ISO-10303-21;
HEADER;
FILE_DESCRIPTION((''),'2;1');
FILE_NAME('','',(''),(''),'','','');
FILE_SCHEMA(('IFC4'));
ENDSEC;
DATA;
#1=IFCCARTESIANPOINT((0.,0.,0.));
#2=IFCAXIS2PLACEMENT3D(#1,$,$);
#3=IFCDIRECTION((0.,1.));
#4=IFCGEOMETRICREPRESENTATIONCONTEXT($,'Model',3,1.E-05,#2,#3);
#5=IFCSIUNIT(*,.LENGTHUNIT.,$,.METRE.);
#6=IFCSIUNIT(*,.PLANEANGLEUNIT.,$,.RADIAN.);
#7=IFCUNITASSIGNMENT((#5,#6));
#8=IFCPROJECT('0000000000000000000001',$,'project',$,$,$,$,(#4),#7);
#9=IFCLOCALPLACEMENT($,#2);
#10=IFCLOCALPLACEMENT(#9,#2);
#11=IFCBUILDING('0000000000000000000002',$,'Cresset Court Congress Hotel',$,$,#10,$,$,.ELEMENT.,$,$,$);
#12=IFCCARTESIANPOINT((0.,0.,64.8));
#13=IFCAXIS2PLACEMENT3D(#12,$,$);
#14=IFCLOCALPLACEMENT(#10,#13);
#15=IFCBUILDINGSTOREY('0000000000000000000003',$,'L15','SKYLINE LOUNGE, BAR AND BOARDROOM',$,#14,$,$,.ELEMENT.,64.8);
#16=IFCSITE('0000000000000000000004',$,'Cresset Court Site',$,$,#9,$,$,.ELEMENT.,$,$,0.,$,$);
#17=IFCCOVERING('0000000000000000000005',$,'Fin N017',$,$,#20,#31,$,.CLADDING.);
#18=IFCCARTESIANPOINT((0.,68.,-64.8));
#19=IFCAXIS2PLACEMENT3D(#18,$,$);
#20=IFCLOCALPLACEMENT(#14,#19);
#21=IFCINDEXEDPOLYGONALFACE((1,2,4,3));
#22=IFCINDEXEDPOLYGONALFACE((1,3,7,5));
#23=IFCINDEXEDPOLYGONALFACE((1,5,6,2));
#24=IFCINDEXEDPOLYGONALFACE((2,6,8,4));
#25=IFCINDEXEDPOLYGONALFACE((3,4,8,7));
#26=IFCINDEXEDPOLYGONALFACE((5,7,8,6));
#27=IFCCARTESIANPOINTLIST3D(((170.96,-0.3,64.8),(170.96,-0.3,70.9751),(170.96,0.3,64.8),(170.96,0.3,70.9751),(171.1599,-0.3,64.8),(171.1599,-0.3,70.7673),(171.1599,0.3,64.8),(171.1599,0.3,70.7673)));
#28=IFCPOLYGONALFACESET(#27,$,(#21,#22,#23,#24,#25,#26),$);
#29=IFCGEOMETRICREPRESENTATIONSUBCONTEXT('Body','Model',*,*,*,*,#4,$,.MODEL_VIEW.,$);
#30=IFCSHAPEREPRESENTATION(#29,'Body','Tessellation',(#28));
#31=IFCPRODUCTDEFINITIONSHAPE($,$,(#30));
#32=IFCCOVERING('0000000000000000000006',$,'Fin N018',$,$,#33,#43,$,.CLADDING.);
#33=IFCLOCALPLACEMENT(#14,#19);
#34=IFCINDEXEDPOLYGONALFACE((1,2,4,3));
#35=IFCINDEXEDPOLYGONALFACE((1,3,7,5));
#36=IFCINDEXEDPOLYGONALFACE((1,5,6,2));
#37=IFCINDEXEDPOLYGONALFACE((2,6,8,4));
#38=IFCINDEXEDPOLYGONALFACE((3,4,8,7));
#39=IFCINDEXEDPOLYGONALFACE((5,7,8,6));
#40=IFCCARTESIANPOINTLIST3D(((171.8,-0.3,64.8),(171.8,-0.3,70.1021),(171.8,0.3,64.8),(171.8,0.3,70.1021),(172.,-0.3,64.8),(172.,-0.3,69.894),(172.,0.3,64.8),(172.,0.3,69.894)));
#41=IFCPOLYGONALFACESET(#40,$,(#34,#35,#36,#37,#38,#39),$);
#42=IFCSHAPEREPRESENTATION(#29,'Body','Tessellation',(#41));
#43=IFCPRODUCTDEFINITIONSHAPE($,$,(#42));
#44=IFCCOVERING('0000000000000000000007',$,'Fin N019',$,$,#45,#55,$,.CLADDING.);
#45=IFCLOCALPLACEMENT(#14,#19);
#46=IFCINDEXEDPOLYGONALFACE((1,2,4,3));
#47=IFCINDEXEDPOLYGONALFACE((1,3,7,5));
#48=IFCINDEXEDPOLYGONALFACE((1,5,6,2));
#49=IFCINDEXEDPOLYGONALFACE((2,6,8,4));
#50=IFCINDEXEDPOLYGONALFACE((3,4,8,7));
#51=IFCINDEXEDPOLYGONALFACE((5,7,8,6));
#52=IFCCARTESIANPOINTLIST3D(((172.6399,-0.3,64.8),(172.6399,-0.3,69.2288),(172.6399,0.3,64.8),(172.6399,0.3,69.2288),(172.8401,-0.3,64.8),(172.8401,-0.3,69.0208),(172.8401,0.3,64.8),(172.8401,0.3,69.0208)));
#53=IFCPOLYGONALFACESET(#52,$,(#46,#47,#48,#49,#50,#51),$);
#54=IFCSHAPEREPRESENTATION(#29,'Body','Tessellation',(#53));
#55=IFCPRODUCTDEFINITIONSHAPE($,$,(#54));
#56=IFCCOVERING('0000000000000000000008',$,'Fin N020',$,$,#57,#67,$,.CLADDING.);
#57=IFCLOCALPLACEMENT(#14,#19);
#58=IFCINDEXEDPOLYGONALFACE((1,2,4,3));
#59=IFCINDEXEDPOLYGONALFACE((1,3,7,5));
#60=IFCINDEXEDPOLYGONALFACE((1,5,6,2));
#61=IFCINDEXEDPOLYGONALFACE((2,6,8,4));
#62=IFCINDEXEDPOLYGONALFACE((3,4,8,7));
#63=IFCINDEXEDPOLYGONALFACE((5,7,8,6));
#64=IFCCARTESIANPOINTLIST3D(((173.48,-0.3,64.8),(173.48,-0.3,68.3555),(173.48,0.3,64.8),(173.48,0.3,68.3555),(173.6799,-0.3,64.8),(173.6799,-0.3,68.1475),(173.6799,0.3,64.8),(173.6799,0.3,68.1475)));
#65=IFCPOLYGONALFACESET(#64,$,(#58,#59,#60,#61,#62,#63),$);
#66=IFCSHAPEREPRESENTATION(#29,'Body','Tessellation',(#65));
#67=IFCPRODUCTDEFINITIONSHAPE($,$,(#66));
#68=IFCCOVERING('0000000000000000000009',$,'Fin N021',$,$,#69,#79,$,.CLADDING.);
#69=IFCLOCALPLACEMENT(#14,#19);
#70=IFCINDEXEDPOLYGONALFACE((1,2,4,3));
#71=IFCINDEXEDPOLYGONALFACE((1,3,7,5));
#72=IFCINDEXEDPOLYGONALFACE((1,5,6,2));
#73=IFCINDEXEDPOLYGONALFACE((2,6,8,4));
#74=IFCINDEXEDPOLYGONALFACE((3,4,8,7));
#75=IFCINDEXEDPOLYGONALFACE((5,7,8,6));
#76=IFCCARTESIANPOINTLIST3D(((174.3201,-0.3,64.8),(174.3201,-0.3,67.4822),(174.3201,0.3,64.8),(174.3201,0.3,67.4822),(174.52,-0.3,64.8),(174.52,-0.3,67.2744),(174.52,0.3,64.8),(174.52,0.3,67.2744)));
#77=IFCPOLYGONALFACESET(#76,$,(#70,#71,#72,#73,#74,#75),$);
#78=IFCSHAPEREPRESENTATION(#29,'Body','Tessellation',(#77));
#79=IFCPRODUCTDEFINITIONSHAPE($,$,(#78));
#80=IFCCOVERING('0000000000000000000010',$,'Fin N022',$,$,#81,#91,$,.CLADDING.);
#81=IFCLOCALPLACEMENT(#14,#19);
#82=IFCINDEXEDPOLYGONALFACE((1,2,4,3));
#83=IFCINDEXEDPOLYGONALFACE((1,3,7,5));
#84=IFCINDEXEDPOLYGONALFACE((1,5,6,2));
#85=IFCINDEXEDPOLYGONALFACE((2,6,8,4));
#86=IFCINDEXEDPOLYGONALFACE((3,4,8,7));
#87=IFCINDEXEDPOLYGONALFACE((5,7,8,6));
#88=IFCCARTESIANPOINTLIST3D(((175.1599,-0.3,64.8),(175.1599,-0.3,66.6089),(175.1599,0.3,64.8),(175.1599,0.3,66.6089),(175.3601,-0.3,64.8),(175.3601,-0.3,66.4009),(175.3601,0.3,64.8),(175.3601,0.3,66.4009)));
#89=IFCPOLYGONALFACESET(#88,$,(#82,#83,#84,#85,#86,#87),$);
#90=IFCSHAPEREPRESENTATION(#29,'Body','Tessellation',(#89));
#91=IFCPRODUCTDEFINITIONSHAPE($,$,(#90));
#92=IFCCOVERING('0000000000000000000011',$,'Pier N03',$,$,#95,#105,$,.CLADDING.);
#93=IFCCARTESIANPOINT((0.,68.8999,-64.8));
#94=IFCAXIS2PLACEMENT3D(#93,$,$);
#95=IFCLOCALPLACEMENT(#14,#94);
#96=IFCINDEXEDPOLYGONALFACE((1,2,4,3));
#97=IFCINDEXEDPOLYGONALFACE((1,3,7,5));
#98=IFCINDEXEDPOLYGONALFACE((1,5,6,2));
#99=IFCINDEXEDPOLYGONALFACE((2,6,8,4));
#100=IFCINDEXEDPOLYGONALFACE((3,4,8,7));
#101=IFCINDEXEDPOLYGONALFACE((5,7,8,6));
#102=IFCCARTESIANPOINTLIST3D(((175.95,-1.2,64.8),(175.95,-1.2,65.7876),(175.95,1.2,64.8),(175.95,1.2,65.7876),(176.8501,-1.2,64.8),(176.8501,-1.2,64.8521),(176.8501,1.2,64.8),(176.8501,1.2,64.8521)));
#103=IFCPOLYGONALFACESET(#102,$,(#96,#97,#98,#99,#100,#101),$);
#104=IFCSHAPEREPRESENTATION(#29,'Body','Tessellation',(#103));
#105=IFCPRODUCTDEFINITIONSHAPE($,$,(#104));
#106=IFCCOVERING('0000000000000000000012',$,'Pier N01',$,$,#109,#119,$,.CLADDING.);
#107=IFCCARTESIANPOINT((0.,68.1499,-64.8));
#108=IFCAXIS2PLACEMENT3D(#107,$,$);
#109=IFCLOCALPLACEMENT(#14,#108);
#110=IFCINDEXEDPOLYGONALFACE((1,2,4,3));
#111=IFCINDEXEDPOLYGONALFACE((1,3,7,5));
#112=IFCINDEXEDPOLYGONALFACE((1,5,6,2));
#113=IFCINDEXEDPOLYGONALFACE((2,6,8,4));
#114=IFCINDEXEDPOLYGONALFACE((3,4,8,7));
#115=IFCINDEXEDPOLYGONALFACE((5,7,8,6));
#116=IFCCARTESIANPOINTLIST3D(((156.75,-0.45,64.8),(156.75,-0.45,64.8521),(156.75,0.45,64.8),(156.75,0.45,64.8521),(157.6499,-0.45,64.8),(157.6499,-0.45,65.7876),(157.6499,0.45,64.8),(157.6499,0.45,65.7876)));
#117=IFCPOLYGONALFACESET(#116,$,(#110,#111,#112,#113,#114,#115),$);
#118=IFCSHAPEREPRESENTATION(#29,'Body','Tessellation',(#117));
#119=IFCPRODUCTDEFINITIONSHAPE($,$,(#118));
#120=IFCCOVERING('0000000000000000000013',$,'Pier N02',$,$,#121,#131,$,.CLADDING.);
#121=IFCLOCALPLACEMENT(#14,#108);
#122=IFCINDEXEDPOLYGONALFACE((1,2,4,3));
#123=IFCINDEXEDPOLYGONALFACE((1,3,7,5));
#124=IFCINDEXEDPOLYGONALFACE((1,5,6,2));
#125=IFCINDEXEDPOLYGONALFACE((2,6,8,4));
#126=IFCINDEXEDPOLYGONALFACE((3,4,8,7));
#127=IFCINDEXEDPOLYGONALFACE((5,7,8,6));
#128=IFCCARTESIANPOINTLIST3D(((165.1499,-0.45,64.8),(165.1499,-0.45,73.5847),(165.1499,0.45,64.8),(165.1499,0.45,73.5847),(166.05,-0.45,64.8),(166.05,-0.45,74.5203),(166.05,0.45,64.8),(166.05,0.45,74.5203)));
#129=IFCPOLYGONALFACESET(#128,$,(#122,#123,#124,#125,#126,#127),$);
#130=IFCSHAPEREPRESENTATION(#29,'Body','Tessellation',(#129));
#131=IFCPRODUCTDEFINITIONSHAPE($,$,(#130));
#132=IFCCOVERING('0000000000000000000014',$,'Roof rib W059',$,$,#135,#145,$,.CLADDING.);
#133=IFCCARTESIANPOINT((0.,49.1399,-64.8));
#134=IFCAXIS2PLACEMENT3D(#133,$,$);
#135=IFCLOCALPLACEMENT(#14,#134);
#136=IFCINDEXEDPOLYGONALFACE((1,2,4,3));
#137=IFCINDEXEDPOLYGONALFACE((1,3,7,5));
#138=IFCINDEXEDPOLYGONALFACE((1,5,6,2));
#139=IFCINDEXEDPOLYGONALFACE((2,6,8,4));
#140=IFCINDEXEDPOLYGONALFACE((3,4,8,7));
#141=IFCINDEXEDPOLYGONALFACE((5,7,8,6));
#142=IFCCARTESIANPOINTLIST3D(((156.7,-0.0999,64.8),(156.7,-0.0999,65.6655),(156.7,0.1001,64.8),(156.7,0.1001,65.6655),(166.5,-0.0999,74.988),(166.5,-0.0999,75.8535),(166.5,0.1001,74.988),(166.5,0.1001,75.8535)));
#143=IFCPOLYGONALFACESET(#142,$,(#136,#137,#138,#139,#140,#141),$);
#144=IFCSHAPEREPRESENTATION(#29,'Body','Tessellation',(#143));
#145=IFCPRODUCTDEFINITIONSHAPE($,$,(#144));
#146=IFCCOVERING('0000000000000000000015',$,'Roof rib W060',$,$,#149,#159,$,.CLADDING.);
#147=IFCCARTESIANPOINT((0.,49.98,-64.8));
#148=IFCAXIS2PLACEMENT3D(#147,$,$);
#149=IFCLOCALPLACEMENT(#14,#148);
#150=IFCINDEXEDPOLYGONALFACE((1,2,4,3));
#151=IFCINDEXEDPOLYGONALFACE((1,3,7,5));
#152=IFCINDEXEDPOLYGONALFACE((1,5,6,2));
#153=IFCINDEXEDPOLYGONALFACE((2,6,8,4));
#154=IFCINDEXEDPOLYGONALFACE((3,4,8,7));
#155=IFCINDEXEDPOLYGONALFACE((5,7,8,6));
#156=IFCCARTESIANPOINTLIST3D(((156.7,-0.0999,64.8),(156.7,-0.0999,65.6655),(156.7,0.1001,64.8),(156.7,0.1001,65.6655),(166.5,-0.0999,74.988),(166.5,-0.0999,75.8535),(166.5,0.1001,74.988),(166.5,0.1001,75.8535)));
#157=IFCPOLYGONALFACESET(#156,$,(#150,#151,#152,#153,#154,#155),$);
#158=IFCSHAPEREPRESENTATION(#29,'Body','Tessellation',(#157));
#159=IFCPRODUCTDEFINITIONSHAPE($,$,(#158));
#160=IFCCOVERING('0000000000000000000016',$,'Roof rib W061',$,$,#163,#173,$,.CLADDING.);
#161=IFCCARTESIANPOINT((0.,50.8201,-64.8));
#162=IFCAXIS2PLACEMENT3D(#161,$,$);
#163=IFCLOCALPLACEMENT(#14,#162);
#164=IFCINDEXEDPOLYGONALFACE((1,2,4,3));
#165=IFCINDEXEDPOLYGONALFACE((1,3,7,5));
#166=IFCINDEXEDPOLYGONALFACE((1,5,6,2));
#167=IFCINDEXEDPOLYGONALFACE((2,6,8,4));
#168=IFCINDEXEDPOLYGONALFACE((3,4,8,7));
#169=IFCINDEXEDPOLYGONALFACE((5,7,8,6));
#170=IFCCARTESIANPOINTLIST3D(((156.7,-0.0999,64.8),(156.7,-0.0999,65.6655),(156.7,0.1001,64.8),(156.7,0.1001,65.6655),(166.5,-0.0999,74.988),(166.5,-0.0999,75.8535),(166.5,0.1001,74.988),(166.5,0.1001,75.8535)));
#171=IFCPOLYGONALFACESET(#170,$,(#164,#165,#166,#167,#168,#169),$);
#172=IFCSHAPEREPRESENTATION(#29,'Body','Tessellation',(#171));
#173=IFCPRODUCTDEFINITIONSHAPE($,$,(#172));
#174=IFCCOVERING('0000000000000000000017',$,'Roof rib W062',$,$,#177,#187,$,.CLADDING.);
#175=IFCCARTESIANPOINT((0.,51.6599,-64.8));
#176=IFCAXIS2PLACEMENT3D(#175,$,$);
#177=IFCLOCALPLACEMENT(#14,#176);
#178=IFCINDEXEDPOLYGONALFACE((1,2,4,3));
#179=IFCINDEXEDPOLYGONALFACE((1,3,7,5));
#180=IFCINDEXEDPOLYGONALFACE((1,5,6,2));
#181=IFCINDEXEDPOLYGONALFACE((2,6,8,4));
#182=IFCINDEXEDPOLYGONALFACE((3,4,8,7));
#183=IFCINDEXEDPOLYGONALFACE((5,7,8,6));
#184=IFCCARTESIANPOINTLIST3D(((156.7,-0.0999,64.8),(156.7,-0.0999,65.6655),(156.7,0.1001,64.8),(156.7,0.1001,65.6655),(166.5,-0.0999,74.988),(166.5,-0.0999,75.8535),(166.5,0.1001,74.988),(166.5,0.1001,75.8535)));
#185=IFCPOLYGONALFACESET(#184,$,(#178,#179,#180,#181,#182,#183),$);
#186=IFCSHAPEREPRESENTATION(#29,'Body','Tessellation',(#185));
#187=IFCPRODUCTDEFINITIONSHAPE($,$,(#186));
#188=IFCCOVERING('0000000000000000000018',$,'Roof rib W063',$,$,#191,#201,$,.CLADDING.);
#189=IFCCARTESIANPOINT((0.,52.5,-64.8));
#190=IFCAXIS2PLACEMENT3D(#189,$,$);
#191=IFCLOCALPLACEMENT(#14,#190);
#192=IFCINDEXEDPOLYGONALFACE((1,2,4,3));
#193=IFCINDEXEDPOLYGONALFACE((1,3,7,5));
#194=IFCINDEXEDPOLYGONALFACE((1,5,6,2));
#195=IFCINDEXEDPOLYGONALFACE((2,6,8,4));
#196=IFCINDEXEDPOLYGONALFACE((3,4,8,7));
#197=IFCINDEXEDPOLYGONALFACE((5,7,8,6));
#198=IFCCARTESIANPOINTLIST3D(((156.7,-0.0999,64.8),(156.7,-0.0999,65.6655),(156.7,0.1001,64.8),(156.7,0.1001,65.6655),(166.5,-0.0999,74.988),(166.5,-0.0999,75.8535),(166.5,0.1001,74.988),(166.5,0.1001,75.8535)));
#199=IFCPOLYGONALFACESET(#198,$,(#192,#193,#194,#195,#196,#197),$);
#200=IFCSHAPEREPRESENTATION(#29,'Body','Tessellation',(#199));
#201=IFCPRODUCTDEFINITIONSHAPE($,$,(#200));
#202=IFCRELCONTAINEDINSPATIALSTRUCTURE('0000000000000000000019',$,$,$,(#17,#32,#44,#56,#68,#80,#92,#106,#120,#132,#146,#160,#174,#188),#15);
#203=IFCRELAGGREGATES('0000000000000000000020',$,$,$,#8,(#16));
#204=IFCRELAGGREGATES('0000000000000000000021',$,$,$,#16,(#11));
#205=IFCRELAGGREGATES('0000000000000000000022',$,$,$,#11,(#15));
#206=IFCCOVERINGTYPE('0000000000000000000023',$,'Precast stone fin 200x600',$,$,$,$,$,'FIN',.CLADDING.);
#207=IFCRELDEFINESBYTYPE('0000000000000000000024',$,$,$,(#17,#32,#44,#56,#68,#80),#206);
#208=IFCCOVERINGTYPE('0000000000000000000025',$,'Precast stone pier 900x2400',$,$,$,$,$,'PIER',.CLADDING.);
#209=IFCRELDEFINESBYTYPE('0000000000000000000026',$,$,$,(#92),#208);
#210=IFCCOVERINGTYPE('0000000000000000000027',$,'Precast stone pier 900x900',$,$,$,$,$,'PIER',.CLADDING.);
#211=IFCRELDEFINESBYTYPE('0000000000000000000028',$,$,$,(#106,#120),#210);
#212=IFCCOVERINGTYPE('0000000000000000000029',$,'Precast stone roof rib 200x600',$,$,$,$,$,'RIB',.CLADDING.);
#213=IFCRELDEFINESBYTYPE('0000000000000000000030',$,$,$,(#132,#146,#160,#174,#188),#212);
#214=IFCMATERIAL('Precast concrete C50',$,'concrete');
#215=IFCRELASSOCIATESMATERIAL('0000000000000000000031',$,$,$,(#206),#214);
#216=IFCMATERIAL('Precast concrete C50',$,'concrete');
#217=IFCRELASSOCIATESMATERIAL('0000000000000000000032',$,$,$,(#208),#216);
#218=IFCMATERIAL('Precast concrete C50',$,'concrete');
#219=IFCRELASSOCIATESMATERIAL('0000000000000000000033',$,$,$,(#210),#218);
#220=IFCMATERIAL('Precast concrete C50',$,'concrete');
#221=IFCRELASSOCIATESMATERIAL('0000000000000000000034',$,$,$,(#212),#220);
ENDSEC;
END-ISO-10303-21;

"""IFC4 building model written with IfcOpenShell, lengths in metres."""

from ifc_helpers import new_model, si_unit, direction, frame, origin, place, context, subcontext, project, spatial, polyline, outline, extrude, material, type_object, element, save


model = new_model("IFC4")

# Units and contexts
model_context = context("Model", 3, precision=1e-05, world=origin(), true_north=direction((0.0, 1.0)))
body_context = subcontext(model_context, "Body", "Model", "MODEL_VIEW")
ifc_project = project(units=[si_unit("LENGTHUNIT", "METRE"), si_unit("PLANEANGLEUNIT", "RADIAN")], contexts=[model_context])

# Site, building, storey
site_placement = place(None, origin())
site = spatial("IfcSite", under=ifc_project, at=site_placement, Name="Cresset Court Site", CompositionType="ELEMENT", RefElevation=0.0)
building_placement = place(site_placement, origin())
building = spatial("IfcBuilding", under=site, at=building_placement, Name="Cresset Court Congress Hotel", CompositionType="ELEMENT")
storey_placement = place(building_placement, frame((0.0, 0.0, 64.8)))
storey = spatial("IfcBuildingStorey", under=building, at=storey_placement, Name="L15", Description="SKYLINE LOUNGE, BAR AND BOARDROOM", CompositionType="ELEMENT", Elevation=64.8)

# Coverings
ifc_material_1 = material(Name="Precast concrete C50", Category="concrete")
covering_type_1 = type_object("IfcCoveringType", Name="Precast stone fin 200x600", ElementType="FIN", PredefinedType="CLADDING", material=ifc_material_1)
covering_1_placement = place(storey_placement, frame((0.0, 68.0, -64.8)))
element("IfcCovering", 1, at=covering_1_placement, inside=storey, type_object=covering_type_1, Name="Fin N017", PredefinedType="CLADDING", context=body_context, shape_type="SweptSolid", body=[
    extrude(outline(polyline([(170.96, 64.8), (171.1599, 64.8), (171.1599, 70.7673), (170.96, 70.9751), (170.96, 64.8)])), frame((0.0, 0.3, 0.0), z_axis=(0.0, -1.0, 0.0), x_axis=(1.0, 0.0, 0.0)), (0.0, 0.0, 1.0), 0.6001),
])
covering_2_placement = place(storey_placement, frame((0.0, 68.0, -64.8)))
element("IfcCovering", 2, at=covering_2_placement, inside=storey, type_object=covering_type_1, Name="Fin N018", PredefinedType="CLADDING", context=body_context, shape_type="SweptSolid", body=[
    extrude(outline(polyline([(171.8, 64.8), (172.0, 64.8), (172.0, 69.894), (171.8, 70.1021), (171.8, 64.8)])), frame((0.0, 0.3, 0.0), z_axis=(0.0, -1.0, 0.0), x_axis=(1.0, 0.0, 0.0)), (0.0, 0.0, 1.0), 0.6001),
])
covering_3_placement = place(storey_placement, frame((0.0, 68.0, -64.8)))
element("IfcCovering", 3, at=covering_3_placement, inside=storey, type_object=covering_type_1, Name="Fin N019", PredefinedType="CLADDING", context=body_context, shape_type="SweptSolid", body=[
    extrude(outline(polyline([(172.6399, 64.8), (172.8401, 64.8), (172.8401, 69.0208), (172.6399, 69.2288), (172.6399, 64.8)])), frame((0.0, 0.3, 0.0), z_axis=(0.0, -1.0, 0.0), x_axis=(1.0, 0.0, 0.0)), (0.0, 0.0, 1.0), 0.6001),
])
covering_4_placement = place(storey_placement, frame((0.0, 68.0, -64.8)))
element("IfcCovering", 4, at=covering_4_placement, inside=storey, type_object=covering_type_1, Name="Fin N020", PredefinedType="CLADDING", context=body_context, shape_type="SweptSolid", body=[
    extrude(outline(polyline([(173.48, 64.8), (173.6799, 64.8), (173.6799, 68.1475), (173.48, 68.3555), (173.48, 64.8)])), frame((0.0, 0.3, 0.0), z_axis=(0.0, -1.0, 0.0), x_axis=(1.0, 0.0, 0.0)), (0.0, 0.0, 1.0), 0.6001),
])
covering_5_placement = place(storey_placement, frame((0.0, 68.0, -64.8)))
element("IfcCovering", 5, at=covering_5_placement, inside=storey, type_object=covering_type_1, Name="Fin N021", PredefinedType="CLADDING", context=body_context, shape_type="SweptSolid", body=[
    extrude(outline(polyline([(174.3201, 64.8), (174.52, 64.8), (174.52, 67.2744), (174.3201, 67.4822), (174.3201, 64.8)])), frame((0.0, 0.3, 0.0), z_axis=(0.0, -1.0, 0.0), x_axis=(1.0, 0.0, 0.0)), (0.0, 0.0, 1.0), 0.6001),
])
covering_6_placement = place(storey_placement, frame((0.0, 68.0, -64.8)))
element("IfcCovering", 6, at=covering_6_placement, inside=storey, type_object=covering_type_1, Name="Fin N022", PredefinedType="CLADDING", context=body_context, shape_type="SweptSolid", body=[
    extrude(outline(polyline([(175.1599, 64.8), (175.3601, 64.8), (175.3601, 66.4009), (175.1599, 66.6089), (175.1599, 64.8)])), frame((0.0, 0.3, 0.0), z_axis=(0.0, -1.0, 0.0), x_axis=(1.0, 0.0, 0.0)), (0.0, 0.0, 1.0), 0.6001),
])
ifc_material_2 = material(Name="Precast concrete C50", Category="concrete")
covering_type_2 = type_object("IfcCoveringType", Name="Precast stone pier 900x2400", ElementType="PIER", PredefinedType="CLADDING", material=ifc_material_2)
covering_7_placement = place(storey_placement, frame((0.0, 68.8999, -64.8)))
element("IfcCovering", 7, at=covering_7_placement, inside=storey, type_object=covering_type_2, Name="Pier N03", PredefinedType="CLADDING", context=body_context, shape_type="SweptSolid", body=[
    extrude(outline(polyline([(175.95, 64.8), (176.8501, 64.8), (176.8501, 64.8521), (175.95, 65.7876), (175.95, 64.8)])), frame((0.0, 1.2, 0.0), z_axis=(0.0, -1.0, 0.0), x_axis=(1.0, 0.0, 0.0)), (0.0, 0.0, 1.0), 2.3999),
])
ifc_material_3 = material(Name="Precast concrete C50", Category="concrete")
covering_type_3 = type_object("IfcCoveringType", Name="Precast stone pier 900x900", ElementType="PIER", PredefinedType="CLADDING", material=ifc_material_3)
covering_8_placement = place(storey_placement, frame((0.0, 68.1499, -64.8)))
element("IfcCovering", 8, at=covering_8_placement, inside=storey, type_object=covering_type_3, Name="Pier N01", PredefinedType="CLADDING", context=body_context, shape_type="SweptSolid", body=[
    extrude(outline(polyline([(156.75, 64.8), (157.6499, 64.8), (157.6499, 65.7876), (156.75, 64.8521), (156.75, 64.8)])), frame((0.0, 0.45, 0.0), z_axis=(0.0, -1.0, 0.0), x_axis=(1.0, 0.0, 0.0)), (0.0, 0.0, 1.0), 0.8999),
])
covering_9_placement = place(storey_placement, frame((0.0, 68.1499, -64.8)))
element("IfcCovering", 9, at=covering_9_placement, inside=storey, type_object=covering_type_3, Name="Pier N02", PredefinedType="CLADDING", context=body_context, shape_type="SweptSolid", body=[
    extrude(outline(polyline([(165.1499, 64.8), (166.05, 64.8), (166.05, 74.5203), (165.1499, 73.5847), (165.1499, 64.8)])), frame((0.0, 0.45, 0.0), z_axis=(0.0, -1.0, 0.0), x_axis=(1.0, 0.0, 0.0)), (0.0, 0.0, 1.0), 0.8999),
])
ifc_material_4 = material(Name="Precast concrete C50", Category="concrete")
covering_type_4 = type_object("IfcCoveringType", Name="Precast stone roof rib 200x600", ElementType="RIB", PredefinedType="CLADDING", material=ifc_material_4)
for number, where, name in (
    (10, (0.0, 49.1399, -64.8), "Roof rib W059"),
    (11, (0.0, 49.98, -64.8), "Roof rib W060"),
    (12, (0.0, 50.8201, -64.8), "Roof rib W061"),
    (13, (0.0, 51.6599, -64.8), "Roof rib W062"),
    (14, (0.0, 52.5, -64.8), "Roof rib W063"),
):
    element("IfcCovering", number, at=place(storey_placement, frame(where)), inside=storey, type_object=covering_type_4, Name=name, PredefinedType="CLADDING", context=body_context, shape_type="SweptSolid", body=[
        extrude(outline(polyline([(166.5, 74.988), (156.7, 64.8), (156.7, 65.6655), (166.5, 75.8535), (166.5, 74.988)])), frame((0.0, 0.1001, 0.0), z_axis=(0.0, -1.0, 0.0), x_axis=(1.0, 0.0, 0.0)), (0.0, 0.0, 1.0), 0.2),
    ])

save(model, "model.ifc")
